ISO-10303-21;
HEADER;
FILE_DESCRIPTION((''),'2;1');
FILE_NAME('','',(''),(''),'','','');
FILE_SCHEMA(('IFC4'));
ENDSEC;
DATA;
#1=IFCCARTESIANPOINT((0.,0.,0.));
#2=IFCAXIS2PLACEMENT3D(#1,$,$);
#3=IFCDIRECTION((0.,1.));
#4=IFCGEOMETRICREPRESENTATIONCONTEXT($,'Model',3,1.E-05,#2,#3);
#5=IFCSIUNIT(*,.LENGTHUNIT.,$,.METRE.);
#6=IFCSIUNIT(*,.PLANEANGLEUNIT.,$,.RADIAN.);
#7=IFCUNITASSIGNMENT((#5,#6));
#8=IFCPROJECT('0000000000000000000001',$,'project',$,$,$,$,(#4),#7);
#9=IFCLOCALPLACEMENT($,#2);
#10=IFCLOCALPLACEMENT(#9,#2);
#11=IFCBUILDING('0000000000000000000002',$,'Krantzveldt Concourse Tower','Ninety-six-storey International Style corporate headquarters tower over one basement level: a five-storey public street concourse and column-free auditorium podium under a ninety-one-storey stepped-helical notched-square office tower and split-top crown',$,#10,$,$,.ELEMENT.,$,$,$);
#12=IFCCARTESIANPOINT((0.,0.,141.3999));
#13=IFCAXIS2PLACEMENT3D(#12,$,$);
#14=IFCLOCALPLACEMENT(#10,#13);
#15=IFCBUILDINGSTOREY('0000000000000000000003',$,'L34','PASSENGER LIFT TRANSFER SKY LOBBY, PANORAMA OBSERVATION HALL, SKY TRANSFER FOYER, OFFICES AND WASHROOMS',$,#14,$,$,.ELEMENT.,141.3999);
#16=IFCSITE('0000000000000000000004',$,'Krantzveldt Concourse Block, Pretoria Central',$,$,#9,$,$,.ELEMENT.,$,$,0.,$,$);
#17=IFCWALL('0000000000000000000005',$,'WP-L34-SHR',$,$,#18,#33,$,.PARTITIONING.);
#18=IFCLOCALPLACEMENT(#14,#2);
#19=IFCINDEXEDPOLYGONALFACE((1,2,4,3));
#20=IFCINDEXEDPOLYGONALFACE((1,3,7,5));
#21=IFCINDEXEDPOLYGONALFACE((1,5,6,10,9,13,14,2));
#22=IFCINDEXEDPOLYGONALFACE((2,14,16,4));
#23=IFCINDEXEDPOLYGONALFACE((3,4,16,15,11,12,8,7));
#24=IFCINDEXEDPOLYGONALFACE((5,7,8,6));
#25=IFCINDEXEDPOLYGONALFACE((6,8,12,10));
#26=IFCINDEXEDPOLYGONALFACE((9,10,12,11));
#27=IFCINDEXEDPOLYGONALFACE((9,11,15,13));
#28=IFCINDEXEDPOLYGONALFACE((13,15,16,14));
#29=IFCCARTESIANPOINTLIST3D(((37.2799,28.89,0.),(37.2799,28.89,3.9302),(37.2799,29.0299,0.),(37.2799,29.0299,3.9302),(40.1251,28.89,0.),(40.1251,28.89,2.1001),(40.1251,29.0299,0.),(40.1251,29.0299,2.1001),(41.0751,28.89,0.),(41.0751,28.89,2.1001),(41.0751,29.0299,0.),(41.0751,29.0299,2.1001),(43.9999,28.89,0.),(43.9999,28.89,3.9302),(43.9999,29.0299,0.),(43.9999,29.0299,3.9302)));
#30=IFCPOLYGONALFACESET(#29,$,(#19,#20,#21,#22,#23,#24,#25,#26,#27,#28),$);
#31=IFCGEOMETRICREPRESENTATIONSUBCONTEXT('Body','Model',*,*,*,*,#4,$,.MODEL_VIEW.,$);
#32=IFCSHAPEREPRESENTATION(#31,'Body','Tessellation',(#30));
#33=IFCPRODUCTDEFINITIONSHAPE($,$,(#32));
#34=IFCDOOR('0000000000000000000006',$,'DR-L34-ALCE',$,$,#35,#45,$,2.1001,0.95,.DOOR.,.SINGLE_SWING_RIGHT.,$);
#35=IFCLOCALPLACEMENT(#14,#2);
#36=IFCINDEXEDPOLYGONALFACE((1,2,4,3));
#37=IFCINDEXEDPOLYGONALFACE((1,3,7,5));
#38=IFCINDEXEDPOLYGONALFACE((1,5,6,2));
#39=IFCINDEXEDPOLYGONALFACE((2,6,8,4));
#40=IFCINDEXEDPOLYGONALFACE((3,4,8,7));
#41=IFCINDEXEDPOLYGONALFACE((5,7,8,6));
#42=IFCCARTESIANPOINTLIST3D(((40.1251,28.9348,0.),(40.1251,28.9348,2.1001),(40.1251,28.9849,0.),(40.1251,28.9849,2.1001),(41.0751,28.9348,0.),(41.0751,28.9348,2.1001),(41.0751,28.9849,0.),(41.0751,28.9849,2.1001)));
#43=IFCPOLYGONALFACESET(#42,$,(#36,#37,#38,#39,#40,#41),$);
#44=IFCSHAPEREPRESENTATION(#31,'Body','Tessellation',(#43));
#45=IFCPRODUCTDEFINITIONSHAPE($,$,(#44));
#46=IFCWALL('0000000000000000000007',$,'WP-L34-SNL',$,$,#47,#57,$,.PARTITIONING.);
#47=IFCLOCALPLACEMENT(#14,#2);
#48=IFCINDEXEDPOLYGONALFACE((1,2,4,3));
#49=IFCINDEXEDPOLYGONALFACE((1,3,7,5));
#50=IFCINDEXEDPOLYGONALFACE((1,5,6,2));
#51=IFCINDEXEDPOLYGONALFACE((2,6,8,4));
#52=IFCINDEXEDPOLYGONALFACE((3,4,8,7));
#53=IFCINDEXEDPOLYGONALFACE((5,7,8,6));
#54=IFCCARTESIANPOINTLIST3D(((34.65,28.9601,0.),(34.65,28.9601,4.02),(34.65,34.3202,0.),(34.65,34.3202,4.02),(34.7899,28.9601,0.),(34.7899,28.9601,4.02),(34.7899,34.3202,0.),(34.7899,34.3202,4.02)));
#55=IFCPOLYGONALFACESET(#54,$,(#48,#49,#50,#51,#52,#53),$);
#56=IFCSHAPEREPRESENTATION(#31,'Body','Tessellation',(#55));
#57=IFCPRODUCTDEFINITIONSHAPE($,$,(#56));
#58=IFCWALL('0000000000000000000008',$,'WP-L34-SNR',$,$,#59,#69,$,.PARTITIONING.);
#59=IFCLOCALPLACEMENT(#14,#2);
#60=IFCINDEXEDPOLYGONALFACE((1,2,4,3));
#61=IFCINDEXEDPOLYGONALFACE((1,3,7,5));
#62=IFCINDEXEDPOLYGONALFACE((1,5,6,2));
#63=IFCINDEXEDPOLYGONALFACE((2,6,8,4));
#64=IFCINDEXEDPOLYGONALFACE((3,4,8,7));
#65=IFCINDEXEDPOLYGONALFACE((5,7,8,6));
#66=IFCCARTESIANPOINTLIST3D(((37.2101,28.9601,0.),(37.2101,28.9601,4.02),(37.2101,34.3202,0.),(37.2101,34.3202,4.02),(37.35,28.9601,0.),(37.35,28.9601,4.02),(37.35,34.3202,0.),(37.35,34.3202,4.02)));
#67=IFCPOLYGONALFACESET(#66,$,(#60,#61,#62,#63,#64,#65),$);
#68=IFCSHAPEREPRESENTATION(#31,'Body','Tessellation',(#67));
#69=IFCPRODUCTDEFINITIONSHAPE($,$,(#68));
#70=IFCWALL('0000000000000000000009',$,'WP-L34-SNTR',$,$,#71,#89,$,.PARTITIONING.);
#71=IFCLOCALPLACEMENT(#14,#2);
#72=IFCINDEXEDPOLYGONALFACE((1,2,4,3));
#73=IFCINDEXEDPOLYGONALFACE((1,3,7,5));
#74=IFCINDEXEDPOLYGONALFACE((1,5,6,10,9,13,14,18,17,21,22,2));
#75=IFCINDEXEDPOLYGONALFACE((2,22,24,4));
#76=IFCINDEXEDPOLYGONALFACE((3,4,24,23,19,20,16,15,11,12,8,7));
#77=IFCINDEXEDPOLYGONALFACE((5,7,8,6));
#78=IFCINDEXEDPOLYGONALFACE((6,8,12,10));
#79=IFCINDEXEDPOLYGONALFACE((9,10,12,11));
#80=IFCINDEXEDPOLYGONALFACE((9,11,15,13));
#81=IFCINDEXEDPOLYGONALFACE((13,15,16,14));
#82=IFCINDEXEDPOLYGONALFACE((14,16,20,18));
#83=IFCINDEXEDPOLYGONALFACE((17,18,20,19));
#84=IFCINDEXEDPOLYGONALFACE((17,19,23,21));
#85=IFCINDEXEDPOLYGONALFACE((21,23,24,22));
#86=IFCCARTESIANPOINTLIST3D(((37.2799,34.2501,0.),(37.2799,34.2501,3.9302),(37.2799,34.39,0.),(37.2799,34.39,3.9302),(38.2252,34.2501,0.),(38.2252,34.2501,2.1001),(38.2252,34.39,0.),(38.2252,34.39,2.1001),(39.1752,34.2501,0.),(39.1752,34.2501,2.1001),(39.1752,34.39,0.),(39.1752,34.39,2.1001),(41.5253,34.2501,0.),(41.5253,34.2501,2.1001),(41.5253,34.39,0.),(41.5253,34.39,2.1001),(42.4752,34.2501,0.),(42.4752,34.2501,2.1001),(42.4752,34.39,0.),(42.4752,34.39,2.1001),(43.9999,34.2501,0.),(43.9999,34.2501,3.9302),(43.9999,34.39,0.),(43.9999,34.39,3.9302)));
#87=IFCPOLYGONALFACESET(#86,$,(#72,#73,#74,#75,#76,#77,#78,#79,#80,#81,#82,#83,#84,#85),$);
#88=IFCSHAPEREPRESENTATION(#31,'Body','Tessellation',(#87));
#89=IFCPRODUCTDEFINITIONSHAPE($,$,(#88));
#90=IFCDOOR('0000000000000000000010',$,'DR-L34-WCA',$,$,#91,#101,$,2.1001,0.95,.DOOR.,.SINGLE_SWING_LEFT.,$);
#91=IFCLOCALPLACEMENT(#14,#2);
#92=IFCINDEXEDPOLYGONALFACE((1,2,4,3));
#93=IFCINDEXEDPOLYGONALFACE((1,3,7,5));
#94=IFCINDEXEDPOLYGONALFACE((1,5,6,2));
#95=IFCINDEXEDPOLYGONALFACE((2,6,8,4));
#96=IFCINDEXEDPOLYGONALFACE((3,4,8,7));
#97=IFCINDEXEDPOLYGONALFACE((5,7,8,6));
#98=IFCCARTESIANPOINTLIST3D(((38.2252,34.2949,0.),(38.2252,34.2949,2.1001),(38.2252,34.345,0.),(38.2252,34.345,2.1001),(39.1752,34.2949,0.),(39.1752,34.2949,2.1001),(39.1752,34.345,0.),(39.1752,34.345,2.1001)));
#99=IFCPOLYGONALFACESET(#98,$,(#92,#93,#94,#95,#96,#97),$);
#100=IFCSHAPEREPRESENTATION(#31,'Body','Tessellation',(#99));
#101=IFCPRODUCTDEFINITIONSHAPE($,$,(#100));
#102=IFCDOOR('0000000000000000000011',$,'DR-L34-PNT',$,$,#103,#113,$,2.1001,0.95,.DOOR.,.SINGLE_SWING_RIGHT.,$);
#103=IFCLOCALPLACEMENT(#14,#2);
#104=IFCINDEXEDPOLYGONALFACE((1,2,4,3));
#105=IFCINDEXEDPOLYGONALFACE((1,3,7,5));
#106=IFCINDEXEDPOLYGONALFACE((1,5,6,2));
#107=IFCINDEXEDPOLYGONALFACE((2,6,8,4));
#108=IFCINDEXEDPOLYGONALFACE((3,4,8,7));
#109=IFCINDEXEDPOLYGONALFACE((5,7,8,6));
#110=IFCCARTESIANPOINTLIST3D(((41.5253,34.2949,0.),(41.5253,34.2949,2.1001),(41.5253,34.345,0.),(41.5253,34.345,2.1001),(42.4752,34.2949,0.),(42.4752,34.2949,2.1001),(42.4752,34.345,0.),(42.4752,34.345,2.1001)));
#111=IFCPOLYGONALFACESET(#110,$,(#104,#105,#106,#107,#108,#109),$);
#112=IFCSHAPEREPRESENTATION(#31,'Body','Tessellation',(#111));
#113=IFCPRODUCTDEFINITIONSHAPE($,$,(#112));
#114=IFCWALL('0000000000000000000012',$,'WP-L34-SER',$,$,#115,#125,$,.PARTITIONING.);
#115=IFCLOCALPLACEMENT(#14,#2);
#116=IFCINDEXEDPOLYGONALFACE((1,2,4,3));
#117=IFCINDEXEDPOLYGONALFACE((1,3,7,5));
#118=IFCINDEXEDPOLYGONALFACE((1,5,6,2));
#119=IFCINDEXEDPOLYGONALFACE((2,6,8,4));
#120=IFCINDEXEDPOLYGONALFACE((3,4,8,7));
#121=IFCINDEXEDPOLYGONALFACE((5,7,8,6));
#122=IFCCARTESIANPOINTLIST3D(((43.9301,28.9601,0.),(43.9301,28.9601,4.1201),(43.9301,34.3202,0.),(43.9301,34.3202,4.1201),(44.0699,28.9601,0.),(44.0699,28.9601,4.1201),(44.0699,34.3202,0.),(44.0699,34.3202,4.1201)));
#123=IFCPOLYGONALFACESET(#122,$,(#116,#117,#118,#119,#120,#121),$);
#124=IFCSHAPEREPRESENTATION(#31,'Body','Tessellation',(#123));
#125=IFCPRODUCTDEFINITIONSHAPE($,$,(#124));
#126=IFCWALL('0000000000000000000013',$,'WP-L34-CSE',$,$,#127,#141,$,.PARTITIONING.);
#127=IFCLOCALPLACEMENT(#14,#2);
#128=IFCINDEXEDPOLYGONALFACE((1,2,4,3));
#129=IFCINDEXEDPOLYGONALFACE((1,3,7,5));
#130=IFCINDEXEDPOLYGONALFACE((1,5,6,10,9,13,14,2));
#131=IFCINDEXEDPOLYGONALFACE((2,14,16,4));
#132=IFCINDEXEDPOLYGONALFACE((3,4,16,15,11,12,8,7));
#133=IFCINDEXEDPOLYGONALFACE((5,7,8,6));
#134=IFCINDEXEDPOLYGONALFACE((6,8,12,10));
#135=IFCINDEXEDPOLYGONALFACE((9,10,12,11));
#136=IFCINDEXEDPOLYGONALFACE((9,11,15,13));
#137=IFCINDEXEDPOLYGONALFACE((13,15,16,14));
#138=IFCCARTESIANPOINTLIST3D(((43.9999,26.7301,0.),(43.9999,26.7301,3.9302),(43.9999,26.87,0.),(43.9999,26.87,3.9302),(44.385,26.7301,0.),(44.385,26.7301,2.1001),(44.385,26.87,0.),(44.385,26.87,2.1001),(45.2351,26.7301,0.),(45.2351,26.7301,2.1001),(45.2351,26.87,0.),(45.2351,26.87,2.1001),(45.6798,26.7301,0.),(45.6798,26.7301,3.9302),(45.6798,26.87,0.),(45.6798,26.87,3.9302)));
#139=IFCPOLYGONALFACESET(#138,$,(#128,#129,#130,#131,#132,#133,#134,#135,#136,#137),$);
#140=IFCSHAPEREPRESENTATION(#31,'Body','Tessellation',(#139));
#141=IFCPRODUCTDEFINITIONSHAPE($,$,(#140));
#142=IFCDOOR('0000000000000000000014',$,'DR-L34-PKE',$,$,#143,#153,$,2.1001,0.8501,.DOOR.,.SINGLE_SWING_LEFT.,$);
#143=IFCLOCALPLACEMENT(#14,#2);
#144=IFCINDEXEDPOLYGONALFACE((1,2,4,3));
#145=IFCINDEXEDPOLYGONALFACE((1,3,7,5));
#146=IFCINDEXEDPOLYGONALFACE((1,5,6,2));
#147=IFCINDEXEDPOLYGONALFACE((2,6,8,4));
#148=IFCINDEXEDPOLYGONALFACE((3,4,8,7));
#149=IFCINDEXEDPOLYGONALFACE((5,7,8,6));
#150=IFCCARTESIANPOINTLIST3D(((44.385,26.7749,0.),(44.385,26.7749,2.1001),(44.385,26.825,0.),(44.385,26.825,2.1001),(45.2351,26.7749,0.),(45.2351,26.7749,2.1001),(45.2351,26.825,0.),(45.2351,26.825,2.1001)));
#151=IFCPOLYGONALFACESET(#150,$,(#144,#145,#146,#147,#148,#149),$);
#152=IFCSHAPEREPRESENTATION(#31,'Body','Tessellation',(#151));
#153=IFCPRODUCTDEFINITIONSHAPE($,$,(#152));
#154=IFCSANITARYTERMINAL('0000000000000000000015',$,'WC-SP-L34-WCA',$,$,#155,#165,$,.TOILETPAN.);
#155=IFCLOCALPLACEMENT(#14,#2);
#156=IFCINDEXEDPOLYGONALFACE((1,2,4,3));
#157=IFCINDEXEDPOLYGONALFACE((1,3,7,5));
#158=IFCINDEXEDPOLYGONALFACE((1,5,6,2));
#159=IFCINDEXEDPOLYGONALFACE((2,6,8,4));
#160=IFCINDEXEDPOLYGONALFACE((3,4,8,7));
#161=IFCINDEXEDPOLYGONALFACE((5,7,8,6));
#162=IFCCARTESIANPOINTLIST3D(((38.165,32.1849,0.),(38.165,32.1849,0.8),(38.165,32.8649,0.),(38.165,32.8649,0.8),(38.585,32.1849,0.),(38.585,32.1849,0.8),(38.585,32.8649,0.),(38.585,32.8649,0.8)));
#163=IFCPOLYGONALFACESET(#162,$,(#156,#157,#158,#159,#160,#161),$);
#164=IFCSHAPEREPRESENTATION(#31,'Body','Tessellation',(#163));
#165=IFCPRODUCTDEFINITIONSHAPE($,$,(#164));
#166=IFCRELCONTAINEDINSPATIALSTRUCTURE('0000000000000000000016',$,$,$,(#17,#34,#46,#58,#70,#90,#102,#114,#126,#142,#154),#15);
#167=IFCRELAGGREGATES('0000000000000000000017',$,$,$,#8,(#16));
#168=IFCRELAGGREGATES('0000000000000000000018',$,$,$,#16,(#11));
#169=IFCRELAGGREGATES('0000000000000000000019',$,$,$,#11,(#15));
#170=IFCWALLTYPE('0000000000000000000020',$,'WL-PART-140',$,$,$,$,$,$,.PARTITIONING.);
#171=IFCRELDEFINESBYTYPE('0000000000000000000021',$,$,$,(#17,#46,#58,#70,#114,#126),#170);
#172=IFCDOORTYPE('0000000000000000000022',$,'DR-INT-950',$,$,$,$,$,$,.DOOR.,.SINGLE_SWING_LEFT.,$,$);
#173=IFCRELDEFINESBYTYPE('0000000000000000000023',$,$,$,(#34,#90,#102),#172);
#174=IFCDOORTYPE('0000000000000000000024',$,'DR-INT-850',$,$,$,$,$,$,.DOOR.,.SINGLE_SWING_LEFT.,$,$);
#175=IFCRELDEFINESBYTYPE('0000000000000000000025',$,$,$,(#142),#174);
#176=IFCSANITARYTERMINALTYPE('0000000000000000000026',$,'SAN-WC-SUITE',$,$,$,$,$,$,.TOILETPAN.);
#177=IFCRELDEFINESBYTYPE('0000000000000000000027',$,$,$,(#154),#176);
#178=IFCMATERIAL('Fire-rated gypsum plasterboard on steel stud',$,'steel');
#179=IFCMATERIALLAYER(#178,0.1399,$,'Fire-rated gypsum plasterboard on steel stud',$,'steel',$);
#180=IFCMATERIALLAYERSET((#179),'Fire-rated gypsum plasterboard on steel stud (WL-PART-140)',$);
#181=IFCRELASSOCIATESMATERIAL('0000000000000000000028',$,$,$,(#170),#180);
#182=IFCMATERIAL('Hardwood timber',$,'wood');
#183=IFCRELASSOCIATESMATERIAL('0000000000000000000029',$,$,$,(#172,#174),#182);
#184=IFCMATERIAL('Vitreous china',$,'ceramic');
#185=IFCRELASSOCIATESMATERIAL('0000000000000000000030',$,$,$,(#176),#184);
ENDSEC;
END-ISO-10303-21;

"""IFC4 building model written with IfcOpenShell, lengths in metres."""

from ifc_helpers import new_model, si_unit, direction, frame, frame_2d, origin, origin_2d, place, context, subcontext, project, spatial, rectangle, extrude, source, transform, mapped, material, layer, layer_set, type_object, type_shapes, element, fill, save


model = new_model("IFC4")

# Units and contexts
model_context = context("Model", 3, precision=1e-05, world=origin(), true_north=direction((0.0, 1.0)))
body_context = subcontext(model_context, "Body", "Model", "MODEL_VIEW")
ifc_project = project(units=[si_unit("LENGTHUNIT", "METRE"), si_unit("PLANEANGLEUNIT", "RADIAN")], contexts=[model_context])

# Site, building, storey
site_placement = place(None, origin())
site = spatial("IfcSite", under=ifc_project, at=site_placement, Name="Krantzveldt Concourse Block, Pretoria Central", CompositionType="ELEMENT", RefElevation=0.0)
building_placement = place(site_placement, origin())
building = spatial("IfcBuilding", under=site, at=building_placement, Name="Krantzveldt Concourse Tower", Description="Ninety-six-storey International Style corporate headquarters tower over one basement level: a five-storey public street concourse and column-free auditorium podium under a ninety-one-storey stepped-helical notched-square office tower and split-top crown", CompositionType="ELEMENT")
storey_placement = place(building_placement, frame((0.0, 0.0, 141.3999)))
storey = spatial("IfcBuildingStorey", under=building, at=storey_placement, Name="L34", Description="PASSENGER LIFT TRANSFER SKY LOBBY, PANORAMA OBSERVATION HALL, SKY TRANSFER FOYER, OFFICES AND WASHROOMS", CompositionType="ELEMENT", Elevation=141.3999)

# Shared definitions
ifc_material_1 = material(Name="Fire-rated gypsum plasterboard on steel stud", Category="steel")

# Wall, opening, door
ifc_layer_1 = layer(ifc_material_1, 0.1399, Name="Fire-rated gypsum plasterboard on steel stud", Category="steel")
ifc_layer_set_1 = layer_set([ifc_layer_1], Name="Fire-rated gypsum plasterboard on steel stud (WL-PART-140)")
wall_type_1 = type_object("IfcWallType", Name="WL-PART-140", PredefinedType="PARTITIONING", material=ifc_layer_set_1)
wall_1_placement = place(storey_placement, frame((37.28, 28.96, 0.0), z_axis=(0.0, 0.0, 1.0), x_axis=(1.0, 0.0, 0.0)))
wall_1 = element("IfcWall", 1, at=wall_1_placement, inside=storey, type_object=wall_type_1, Name="WP-L34-SHR", PredefinedType="PARTITIONING", context=body_context, shape_type="SweptSolid", body=[
    extrude(rectangle(XDim=6.72, YDim=0.1399, at=frame_2d((3.3599, 0.0))), origin(), (0.0, 0.0, 1.0), 3.9302),
])
opening_1_placement = place(wall_1_placement, frame((2.845, 0.0, 0.0)))
opening_1 = element("IfcOpeningElement", 2, at=opening_1_placement, cuts=wall_1, PredefinedType="OPENING", context=body_context, shape_type="SweptSolid", body=[
    extrude(rectangle(XDim=0.95, YDim=2.1001, at=frame_2d((0.4751, 1.05))), frame((0.0, 0.0801, 0.0), z_axis=(0.0, -1.0, 0.0), x_axis=(1.0, 0.0, 0.0)), (0.0, 0.0, 1.0), 0.1599),
])
ifc_material_2 = material(Name="Hardwood timber", Category="wood")
door_type_1 = type_object("IfcDoorType", Name="DR-INT-950", OperationType="SINGLE_SWING_LEFT", PredefinedType="DOOR", material=ifc_material_2)
door_1_placement = place(opening_1_placement, origin())
door_1 = element("IfcDoor", 3, at=door_1_placement, inside=storey, type_object=door_type_1, Name="DR-L34-ALCE", OperationType="SINGLE_SWING_RIGHT", OverallHeight=2.1001, OverallWidth=0.95, PredefinedType="DOOR", context=body_context, shape_type="SweptSolid", body=[
    extrude(rectangle(XDim=0.95, YDim=2.1001, at=frame_2d((0.4751, 1.05))), frame((0.0, 0.0249, 0.0), z_axis=(0.0, -1.0, 0.0), x_axis=(1.0, 0.0, 0.0)), (0.0, 0.0, 1.0), 0.05),
])
fill(opening_1, door_1)

# Walls
for number, where, z_axis, x_axis, name in (
    (4, (34.72, 28.96, 0.0), (0.0, 0.0, 1.0), (0.0, 1.0, 0.0), "WP-L34-SNL"),
    (5, (37.28, 28.96, 0.0), (0.0, 0.0, 1.0), (0.0, 1.0, 0.0), "WP-L34-SNR"),
):
    element("IfcWall", number, at=place(storey_placement, frame(where, z_axis=z_axis, x_axis=x_axis)), inside=storey, type_object=wall_type_1, Name=name, PredefinedType="PARTITIONING", context=body_context, shape_type="SweptSolid", body=[
        extrude(rectangle(XDim=5.3601, YDim=0.1399, at=frame_2d((2.6802, 0.0))), origin(), (0.0, 0.0, 1.0), 4.02),
    ])

# Wall, openings, doors
wall_2_placement = place(storey_placement, frame((37.28, 34.3201, 0.0), z_axis=(0.0, 0.0, 1.0), x_axis=(1.0, 0.0, 0.0)))
wall_2 = element("IfcWall", 6, at=wall_2_placement, inside=storey, type_object=wall_type_1, Name="WP-L34-SNTR", PredefinedType="PARTITIONING", context=body_context, shape_type="SweptSolid", body=[
    extrude(rectangle(XDim=6.72, YDim=0.1399, at=frame_2d((3.3599, 0.0))), origin(), (0.0, 0.0, 1.0), 3.9302),
])
opening_2_placement = place(wall_2_placement, frame((0.9451, 0.0, 0.0)))
opening_2 = element("IfcOpeningElement", 7, at=opening_2_placement, cuts=wall_2, PredefinedType="OPENING", context=body_context, shape_type="SweptSolid", body=[
    extrude(rectangle(XDim=0.95, YDim=2.1001, at=frame_2d((0.4751, 1.05))), frame((0.0, 0.0801, 0.0), z_axis=(0.0, -1.0, 0.0), x_axis=(1.0, 0.0, 0.0)), (0.0, 0.0, 1.0), 0.1599),
])
opening_3_placement = place(wall_2_placement, frame((4.2451, 0.0, 0.0)))
opening_3 = element("IfcOpeningElement", 8, at=opening_3_placement, cuts=wall_2, PredefinedType="OPENING", context=body_context, shape_type="SweptSolid", body=[
    extrude(rectangle(XDim=0.95, YDim=2.1001, at=frame_2d((0.4751, 1.05))), frame((0.0, 0.0801, 0.0), z_axis=(0.0, -1.0, 0.0), x_axis=(1.0, 0.0, 0.0)), (0.0, 0.0, 1.0), 0.1599),
])
door_2_placement = place(opening_2_placement, origin())
door_2 = element("IfcDoor", 9, at=door_2_placement, inside=storey, type_object=door_type_1, Name="DR-L34-WCA", OperationType="SINGLE_SWING_LEFT", OverallHeight=2.1001, OverallWidth=0.95, PredefinedType="DOOR", context=body_context, shape_type="SweptSolid", body=[
    extrude(rectangle(XDim=0.95, YDim=2.1001, at=frame_2d((0.4751, 1.05))), frame((0.0, 0.0249, 0.0), z_axis=(0.0, -1.0, 0.0), x_axis=(1.0, 0.0, 0.0)), (0.0, 0.0, 1.0), 0.05),
])
fill(opening_2, door_2)
door_3_placement = place(opening_3_placement, origin())
door_3 = element("IfcDoor", 10, at=door_3_placement, inside=storey, type_object=door_type_1, Name="DR-L34-PNT", OperationType="SINGLE_SWING_RIGHT", OverallHeight=2.1001, OverallWidth=0.95, PredefinedType="DOOR", context=body_context, shape_type="SweptSolid", body=[
    extrude(rectangle(XDim=0.95, YDim=2.1001, at=frame_2d((0.4751, 1.05))), frame((0.0, 0.0249, 0.0), z_axis=(0.0, -1.0, 0.0), x_axis=(1.0, 0.0, 0.0)), (0.0, 0.0, 1.0), 0.05),
])
fill(opening_3, door_3)

# Wall
wall_3_placement = place(storey_placement, frame((44.0, 28.96, 0.0), z_axis=(0.0, 0.0, 1.0), x_axis=(0.0, 1.0, 0.0)))
element("IfcWall", 11, at=wall_3_placement, inside=storey, type_object=wall_type_1, Name="WP-L34-SER", PredefinedType="PARTITIONING", context=body_context, shape_type="SweptSolid", body=[
    extrude(rectangle(XDim=5.3601, YDim=0.1399, at=frame_2d((2.6802, 0.0))), origin(), (0.0, 0.0, 1.0), 4.1201),
])

# Wall, opening, door
wall_4_placement = place(storey_placement, frame((44.0, 26.8, 0.0), z_axis=(0.0, 0.0, 1.0), x_axis=(1.0, 0.0, 0.0)))
wall_4 = element("IfcWall", 12, at=wall_4_placement, inside=storey, type_object=wall_type_1, Name="WP-L34-CSE", PredefinedType="PARTITIONING", context=body_context, shape_type="SweptSolid", body=[
    extrude(rectangle(XDim=1.6799, YDim=0.1399, at=frame_2d((0.8398, 0.0))), origin(), (0.0, 0.0, 1.0), 3.9302),
])
opening_4_placement = place(wall_4_placement, frame((0.385, 0.0, 0.0)))
opening_4 = element("IfcOpeningElement", 13, at=opening_4_placement, cuts=wall_4, PredefinedType="OPENING", context=body_context, shape_type="SweptSolid", body=[
    extrude(rectangle(XDim=0.8501, YDim=2.1001, at=frame_2d((0.425, 1.05))), frame((0.0, 0.0801, 0.0), z_axis=(0.0, -1.0, 0.0), x_axis=(1.0, 0.0, 0.0)), (0.0, 0.0, 1.0), 0.1599),
])
door_type_2 = type_object("IfcDoorType", Name="DR-INT-850", OperationType="SINGLE_SWING_LEFT", PredefinedType="DOOR", material=ifc_material_2)
door_4_placement = place(opening_4_placement, origin())
door_4 = element("IfcDoor", 14, at=door_4_placement, inside=storey, type_object=door_type_2, Name="DR-L34-PKE", OperationType="SINGLE_SWING_LEFT", OverallHeight=2.1001, OverallWidth=0.8501, PredefinedType="DOOR", context=body_context, shape_type="SweptSolid", body=[
    extrude(rectangle(XDim=0.8501, YDim=2.1001, at=frame_2d((0.425, 1.05))), frame((0.0, 0.0249, 0.0), z_axis=(0.0, -1.0, 0.0), x_axis=(1.0, 0.0, 0.0)), (0.0, 0.0, 1.0), 0.05),
])
fill(opening_4, door_4)

# Sanitary terminal
ifc_material_3 = material(Name="Vitreous china", Category="ceramic")
sanitary_terminal_type_1 = type_object("IfcSanitaryTerminalType", Name="SAN-WC-SUITE", PredefinedType="TOILETPAN", material=ifc_material_3)
shared_shape_1 = source(origin(), body_context, "Body", "SweptSolid", [
    extrude(rectangle(XDim=0.4199, YDim=0.6799, at=origin_2d()), origin(), (0.0, 0.0, 1.0), 0.8),
])
type_shapes(sanitary_terminal_type_1, [shared_shape_1])
sanitary_terminal_placement = place(storey_placement, frame((38.375, 32.5249, 0.0), z_axis=(0.0, 0.0, 1.0), x_axis=(1.0, 0.0, 0.0)))
element("IfcSanitaryTerminal", 15, at=sanitary_terminal_placement, inside=storey, type_object=sanitary_terminal_type_1, Name="WC-SP-L34-WCA", PredefinedType="TOILETPAN", context=body_context, shape_type="MappedRepresentation", body=[
    mapped(shared_shape_1, transform((0.0, 0.0, 0.0), x_axis=(1.0, 0.0, 0.0), y_axis=(0.0, 1.0, 0.0), z_axis=(0.0, 0.0, 1.0), scale=1.0)),
])

save(model, "model.ifc")
